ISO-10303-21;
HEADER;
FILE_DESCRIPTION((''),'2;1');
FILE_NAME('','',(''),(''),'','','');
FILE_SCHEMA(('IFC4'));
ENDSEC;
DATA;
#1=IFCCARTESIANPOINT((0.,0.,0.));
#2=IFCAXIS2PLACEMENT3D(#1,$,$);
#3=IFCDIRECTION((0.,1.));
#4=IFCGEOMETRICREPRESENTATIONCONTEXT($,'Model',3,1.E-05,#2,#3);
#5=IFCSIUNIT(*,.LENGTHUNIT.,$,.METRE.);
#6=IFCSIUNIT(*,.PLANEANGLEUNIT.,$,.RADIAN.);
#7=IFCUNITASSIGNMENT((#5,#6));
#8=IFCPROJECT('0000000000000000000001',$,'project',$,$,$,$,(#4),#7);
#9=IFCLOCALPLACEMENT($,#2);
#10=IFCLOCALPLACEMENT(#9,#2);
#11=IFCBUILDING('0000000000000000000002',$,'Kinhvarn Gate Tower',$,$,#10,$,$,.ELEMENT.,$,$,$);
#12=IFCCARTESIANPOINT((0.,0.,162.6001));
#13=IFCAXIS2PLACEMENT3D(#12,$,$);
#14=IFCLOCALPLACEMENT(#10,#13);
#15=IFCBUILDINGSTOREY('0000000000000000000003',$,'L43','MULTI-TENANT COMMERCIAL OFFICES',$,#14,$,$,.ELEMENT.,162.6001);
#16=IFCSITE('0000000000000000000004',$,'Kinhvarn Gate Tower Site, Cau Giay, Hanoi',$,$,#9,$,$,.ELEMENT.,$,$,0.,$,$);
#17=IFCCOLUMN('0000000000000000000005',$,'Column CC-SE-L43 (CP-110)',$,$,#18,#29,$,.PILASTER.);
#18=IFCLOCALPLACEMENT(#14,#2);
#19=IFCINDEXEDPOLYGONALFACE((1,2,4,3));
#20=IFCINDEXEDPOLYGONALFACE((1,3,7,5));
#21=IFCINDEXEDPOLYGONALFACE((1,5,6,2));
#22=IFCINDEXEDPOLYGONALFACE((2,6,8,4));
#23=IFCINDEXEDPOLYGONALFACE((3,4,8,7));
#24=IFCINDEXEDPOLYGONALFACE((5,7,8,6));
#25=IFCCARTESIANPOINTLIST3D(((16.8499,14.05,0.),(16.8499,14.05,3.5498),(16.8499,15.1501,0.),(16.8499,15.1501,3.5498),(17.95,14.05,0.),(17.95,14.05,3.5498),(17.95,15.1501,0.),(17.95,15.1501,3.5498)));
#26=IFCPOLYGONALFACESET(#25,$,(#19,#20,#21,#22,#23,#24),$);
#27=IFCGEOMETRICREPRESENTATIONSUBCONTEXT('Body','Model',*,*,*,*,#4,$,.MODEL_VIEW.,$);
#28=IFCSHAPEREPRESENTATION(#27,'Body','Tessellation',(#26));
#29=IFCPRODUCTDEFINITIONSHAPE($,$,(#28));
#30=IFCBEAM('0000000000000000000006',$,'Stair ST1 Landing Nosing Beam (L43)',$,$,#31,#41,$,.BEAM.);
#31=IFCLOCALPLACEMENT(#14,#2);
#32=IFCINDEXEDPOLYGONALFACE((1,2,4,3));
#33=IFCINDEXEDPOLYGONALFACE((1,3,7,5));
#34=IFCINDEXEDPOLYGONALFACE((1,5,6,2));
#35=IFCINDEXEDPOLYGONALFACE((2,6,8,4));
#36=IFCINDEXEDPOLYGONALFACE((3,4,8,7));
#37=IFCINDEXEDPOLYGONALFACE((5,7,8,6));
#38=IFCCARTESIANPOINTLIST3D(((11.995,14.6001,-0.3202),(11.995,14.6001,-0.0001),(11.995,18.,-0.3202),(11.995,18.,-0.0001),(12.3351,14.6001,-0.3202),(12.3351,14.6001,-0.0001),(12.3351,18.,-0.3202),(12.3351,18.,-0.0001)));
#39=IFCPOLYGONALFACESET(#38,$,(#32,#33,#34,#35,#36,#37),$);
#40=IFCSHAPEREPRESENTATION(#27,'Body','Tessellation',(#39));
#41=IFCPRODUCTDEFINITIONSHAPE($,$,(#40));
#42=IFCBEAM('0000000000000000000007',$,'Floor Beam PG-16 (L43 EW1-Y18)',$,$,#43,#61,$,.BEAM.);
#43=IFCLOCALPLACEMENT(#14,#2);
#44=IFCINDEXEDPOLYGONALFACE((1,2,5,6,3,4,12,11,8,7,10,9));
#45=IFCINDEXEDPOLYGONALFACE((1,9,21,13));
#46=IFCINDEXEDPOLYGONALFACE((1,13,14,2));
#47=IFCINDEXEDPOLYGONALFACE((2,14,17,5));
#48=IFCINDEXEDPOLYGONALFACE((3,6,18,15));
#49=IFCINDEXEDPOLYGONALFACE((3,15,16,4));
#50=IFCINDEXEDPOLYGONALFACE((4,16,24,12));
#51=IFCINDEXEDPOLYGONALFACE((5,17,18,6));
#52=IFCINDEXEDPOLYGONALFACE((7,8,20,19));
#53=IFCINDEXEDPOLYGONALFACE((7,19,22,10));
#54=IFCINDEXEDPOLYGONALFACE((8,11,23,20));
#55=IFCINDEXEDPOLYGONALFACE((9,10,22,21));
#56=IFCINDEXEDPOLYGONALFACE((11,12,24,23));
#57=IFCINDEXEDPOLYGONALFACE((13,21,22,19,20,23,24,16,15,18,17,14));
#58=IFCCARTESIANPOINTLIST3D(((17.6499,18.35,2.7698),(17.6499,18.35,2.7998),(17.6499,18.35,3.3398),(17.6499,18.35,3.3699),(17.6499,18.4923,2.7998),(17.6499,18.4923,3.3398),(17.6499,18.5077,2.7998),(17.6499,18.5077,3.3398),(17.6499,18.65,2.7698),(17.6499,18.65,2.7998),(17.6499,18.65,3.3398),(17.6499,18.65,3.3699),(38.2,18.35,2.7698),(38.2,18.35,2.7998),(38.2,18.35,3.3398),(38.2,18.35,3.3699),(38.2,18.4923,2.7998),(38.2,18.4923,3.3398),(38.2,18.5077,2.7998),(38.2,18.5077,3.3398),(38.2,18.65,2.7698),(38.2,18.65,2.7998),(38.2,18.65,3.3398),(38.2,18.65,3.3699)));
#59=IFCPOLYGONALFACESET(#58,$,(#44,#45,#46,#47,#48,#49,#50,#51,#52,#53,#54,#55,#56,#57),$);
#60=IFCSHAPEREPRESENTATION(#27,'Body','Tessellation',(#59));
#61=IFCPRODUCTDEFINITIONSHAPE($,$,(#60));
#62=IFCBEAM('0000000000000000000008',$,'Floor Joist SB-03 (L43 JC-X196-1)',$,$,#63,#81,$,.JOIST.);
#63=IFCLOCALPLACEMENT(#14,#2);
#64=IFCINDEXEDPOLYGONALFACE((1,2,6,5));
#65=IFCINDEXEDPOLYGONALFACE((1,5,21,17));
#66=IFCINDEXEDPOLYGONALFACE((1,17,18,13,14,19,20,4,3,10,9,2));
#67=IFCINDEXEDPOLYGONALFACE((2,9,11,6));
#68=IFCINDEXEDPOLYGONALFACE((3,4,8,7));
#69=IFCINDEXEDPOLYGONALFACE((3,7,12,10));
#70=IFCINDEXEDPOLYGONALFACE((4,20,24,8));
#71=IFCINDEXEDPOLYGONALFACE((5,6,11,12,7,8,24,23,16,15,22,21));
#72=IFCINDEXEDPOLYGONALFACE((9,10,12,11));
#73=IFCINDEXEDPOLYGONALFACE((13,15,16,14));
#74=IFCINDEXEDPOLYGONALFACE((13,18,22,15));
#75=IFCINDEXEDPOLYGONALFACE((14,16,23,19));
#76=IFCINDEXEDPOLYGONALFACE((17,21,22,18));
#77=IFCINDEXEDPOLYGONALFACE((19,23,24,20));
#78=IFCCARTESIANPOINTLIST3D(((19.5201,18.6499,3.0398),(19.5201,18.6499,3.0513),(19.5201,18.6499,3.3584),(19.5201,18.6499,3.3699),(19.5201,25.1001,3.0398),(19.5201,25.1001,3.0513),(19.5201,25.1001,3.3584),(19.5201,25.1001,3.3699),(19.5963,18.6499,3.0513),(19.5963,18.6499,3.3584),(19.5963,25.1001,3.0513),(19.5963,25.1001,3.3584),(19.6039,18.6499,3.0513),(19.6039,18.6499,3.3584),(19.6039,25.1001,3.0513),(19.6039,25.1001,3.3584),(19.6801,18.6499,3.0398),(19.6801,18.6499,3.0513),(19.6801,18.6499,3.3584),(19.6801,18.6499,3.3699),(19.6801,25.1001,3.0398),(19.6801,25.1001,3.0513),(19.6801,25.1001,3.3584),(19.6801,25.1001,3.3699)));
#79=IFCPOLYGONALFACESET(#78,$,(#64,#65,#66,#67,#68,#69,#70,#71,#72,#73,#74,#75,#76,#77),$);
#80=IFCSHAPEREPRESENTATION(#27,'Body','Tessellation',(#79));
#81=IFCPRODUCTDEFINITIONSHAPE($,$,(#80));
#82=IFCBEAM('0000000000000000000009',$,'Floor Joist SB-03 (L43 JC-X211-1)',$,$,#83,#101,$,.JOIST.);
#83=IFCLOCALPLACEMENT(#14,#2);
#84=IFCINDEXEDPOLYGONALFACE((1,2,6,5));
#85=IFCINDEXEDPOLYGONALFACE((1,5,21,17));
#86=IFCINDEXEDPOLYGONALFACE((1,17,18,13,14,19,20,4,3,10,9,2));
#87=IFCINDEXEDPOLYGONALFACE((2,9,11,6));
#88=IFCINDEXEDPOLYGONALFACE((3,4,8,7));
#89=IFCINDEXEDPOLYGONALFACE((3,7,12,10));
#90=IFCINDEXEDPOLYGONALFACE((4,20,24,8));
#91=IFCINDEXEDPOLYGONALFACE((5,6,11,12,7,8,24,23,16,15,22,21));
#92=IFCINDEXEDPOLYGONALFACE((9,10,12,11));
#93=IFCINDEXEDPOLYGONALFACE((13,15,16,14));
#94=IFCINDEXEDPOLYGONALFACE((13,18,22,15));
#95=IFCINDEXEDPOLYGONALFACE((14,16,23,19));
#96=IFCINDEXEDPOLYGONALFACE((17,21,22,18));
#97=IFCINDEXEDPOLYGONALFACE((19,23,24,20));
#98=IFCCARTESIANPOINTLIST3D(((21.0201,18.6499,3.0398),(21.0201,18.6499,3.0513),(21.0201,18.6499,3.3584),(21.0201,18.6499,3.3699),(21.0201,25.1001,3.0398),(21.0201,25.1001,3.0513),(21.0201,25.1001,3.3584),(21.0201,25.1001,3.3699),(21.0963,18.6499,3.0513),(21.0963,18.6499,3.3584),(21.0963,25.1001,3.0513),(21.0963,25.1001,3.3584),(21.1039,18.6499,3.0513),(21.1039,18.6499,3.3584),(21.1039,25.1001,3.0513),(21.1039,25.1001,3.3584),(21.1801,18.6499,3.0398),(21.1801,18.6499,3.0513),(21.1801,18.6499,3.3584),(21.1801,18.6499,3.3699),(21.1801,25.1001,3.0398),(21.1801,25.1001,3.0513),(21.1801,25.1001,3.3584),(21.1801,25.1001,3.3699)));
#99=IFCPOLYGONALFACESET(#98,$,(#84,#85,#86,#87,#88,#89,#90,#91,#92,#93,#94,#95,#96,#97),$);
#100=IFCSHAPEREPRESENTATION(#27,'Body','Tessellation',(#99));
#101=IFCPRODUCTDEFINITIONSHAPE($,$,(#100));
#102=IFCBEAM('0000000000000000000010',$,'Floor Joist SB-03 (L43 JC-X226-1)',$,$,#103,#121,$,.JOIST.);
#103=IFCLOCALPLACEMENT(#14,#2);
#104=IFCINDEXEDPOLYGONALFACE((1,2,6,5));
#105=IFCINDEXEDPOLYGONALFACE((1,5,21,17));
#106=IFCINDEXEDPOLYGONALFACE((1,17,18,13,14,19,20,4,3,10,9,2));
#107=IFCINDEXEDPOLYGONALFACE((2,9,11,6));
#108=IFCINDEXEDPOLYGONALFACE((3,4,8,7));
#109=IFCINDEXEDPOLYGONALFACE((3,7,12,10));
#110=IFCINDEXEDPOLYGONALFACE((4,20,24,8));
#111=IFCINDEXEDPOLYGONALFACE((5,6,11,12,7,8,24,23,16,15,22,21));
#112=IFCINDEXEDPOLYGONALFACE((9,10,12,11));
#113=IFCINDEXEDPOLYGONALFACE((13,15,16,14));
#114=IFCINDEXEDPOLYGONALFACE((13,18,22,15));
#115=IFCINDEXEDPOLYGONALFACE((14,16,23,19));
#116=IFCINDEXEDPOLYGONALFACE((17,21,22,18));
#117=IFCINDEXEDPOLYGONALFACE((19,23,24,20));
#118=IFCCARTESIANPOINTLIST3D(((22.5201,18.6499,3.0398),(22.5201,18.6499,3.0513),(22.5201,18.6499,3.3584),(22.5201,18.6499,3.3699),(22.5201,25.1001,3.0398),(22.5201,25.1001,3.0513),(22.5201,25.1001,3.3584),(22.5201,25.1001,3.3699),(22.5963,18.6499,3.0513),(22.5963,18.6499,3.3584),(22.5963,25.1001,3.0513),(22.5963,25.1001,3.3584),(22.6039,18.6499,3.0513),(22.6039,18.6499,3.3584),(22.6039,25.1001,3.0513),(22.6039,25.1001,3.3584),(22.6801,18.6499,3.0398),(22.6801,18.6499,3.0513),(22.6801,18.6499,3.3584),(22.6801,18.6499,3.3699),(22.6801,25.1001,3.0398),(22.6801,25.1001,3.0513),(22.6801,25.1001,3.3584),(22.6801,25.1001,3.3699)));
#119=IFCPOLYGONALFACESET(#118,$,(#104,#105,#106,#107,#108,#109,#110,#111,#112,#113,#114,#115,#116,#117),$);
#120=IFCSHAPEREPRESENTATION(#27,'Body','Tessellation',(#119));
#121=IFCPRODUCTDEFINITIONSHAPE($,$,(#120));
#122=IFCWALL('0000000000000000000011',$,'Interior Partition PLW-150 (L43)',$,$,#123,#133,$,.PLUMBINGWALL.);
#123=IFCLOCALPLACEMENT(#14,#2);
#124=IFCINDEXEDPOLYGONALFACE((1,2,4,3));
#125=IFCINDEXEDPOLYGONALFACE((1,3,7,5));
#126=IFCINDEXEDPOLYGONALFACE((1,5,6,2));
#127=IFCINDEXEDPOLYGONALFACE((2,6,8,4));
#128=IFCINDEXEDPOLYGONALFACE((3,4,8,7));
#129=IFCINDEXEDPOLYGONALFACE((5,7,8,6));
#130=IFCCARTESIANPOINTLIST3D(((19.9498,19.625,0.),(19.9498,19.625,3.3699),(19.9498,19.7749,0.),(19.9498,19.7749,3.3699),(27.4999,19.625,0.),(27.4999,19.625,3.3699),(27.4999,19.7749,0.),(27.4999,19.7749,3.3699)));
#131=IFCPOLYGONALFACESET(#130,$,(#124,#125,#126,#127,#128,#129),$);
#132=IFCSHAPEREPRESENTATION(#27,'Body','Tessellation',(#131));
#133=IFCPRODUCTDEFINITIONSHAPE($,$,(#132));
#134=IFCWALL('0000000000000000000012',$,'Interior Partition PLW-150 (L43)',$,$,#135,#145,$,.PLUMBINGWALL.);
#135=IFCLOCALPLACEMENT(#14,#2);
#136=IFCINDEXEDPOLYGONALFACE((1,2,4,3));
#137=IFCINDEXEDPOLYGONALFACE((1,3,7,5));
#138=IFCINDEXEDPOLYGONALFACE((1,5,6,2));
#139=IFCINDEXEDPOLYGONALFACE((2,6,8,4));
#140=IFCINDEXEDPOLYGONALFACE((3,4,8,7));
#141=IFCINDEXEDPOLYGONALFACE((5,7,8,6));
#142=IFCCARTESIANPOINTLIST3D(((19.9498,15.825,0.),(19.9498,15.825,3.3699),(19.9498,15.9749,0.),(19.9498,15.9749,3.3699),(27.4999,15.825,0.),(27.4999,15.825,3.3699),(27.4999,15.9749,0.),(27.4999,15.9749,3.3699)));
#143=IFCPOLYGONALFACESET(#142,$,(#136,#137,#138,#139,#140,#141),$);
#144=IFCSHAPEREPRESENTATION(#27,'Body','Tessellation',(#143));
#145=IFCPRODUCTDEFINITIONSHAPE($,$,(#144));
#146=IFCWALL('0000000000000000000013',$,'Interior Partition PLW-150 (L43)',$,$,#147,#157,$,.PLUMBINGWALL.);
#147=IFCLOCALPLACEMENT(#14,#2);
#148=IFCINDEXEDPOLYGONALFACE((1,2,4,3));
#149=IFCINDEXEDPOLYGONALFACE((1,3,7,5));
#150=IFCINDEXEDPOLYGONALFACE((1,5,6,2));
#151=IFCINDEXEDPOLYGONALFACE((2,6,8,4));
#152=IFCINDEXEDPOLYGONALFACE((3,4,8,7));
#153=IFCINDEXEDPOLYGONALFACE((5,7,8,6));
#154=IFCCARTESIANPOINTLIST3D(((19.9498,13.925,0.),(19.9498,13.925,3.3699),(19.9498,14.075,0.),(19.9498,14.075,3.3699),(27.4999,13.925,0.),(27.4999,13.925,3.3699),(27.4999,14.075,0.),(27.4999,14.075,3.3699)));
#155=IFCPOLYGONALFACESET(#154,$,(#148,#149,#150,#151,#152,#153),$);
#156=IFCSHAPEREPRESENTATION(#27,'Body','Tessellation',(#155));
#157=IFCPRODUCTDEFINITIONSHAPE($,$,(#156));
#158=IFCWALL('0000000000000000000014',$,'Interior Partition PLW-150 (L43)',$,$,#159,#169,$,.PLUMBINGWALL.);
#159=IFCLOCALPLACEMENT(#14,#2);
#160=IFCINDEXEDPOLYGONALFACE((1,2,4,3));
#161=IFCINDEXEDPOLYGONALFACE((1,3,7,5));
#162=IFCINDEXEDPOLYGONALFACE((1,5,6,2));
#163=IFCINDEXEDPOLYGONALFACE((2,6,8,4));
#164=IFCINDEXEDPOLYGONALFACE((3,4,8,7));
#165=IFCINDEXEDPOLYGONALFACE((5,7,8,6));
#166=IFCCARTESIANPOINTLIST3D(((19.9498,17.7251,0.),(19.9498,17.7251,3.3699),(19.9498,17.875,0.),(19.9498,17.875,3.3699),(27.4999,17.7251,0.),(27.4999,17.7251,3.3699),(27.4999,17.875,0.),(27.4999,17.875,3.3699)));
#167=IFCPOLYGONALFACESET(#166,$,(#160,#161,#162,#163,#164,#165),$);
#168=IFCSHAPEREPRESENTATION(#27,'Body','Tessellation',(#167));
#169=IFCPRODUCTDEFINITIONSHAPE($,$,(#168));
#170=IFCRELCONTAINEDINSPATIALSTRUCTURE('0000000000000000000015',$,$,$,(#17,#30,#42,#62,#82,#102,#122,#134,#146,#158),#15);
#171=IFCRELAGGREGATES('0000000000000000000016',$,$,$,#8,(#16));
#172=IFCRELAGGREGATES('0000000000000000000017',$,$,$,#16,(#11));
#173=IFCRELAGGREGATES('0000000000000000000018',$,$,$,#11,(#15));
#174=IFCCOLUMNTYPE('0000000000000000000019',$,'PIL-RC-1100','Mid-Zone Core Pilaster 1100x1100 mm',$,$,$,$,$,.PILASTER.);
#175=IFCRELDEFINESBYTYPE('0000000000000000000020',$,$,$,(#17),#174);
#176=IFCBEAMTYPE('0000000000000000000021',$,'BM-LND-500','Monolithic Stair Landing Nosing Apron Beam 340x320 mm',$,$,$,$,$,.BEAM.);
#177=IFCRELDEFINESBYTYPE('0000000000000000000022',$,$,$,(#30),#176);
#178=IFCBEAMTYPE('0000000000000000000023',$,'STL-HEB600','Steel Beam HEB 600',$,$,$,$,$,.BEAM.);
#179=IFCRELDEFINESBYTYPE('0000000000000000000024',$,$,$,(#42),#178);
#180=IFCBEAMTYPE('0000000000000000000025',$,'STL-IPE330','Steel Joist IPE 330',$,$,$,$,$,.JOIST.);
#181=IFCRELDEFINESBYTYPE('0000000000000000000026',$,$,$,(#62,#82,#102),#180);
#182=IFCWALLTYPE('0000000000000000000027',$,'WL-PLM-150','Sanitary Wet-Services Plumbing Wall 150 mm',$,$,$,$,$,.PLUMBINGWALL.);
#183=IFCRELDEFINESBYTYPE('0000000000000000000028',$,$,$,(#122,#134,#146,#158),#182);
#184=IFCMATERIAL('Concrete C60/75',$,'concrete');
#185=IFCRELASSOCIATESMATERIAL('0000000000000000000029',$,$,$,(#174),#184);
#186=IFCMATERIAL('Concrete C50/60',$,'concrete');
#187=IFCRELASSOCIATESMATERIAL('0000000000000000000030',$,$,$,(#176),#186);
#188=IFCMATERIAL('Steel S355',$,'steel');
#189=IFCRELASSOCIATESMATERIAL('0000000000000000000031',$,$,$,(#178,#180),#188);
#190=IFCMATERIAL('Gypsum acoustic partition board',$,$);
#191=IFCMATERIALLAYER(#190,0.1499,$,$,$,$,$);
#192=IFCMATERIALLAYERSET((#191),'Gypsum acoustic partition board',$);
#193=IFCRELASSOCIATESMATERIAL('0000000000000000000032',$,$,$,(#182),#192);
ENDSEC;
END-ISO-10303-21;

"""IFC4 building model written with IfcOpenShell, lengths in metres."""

from ifc_helpers import new_model, si_unit, direction, frame, frame_2d, origin, origin_2d, place, context, subcontext, project, spatial, rectangle, i_section, extrude, material, layer, layer_set, material_profile, profile_set, type_object, element, save


model = new_model("IFC4")

# Units and contexts
model_context = context("Model", 3, precision=1e-05, world=origin(), true_north=direction((0.0, 1.0)))
body_context = subcontext(model_context, "Body", "Model", "MODEL_VIEW")
ifc_project = project(units=[si_unit("LENGTHUNIT", "METRE"), si_unit("PLANEANGLEUNIT", "RADIAN")], contexts=[model_context])

# Site, building, storey
site_placement = place(None, origin())
site = spatial("IfcSite", under=ifc_project, at=site_placement, Name="Kinhvarn Gate Tower Site, Cau Giay, Hanoi", CompositionType="ELEMENT", RefElevation=0.0)
building_placement = place(site_placement, origin())
building = spatial("IfcBuilding", under=site, at=building_placement, Name="Kinhvarn Gate Tower", CompositionType="ELEMENT")
storey_placement = place(building_placement, frame((0.0, 0.0, 162.6001)))
storey = spatial("IfcBuildingStorey", under=building, at=storey_placement, Name="L43", Description="MULTI-TENANT COMMERCIAL OFFICES", CompositionType="ELEMENT", Elevation=162.6001)

# Column
ifc_material_1 = material(Name="Concrete C60/75", Category="concrete")
ifc_material_profile_1 = material_profile(ifc_material_1, rectangle(XDim=1.1001, YDim=1.1001, at=origin_2d()), Name="RC 1100x1100")
ifc_profile_set_1 = profile_set([ifc_material_profile_1], Name="Concrete C60/75")
column_type = type_object("IfcColumnType", Name="PIL-RC-1100", Description="Mid-Zone Core Pilaster 1100x1100 mm", PredefinedType="PILASTER", material=ifc_profile_set_1)
column_placement = place(storey_placement, frame((17.3999, 14.6001, 0.0), z_axis=(0.0, 0.0, 1.0), x_axis=(1.0, 0.0, 0.0)))
element("IfcColumn", 1, at=column_placement, inside=storey, type_object=column_type, Name="Column CC-SE-L43 (CP-110)", PredefinedType="PILASTER", context=body_context, shape_type="SweptSolid", body=[
    extrude(rectangle(XDim=1.1001, YDim=1.1001, at=origin_2d()), origin(), (0.0, 0.0, 1.0), 3.5498),
])

# Beams
ifc_material_2 = material(Name="Concrete C50/60", Category="concrete")
ifc_material_profile_2 = material_profile(ifc_material_2, rectangle(XDim=0.3401, YDim=0.3201, at=origin_2d()), Name="RC 340x320")
ifc_profile_set_2 = profile_set([ifc_material_profile_2], Name="Concrete C50/60")
beam_type_1 = type_object("IfcBeamType", Name="BM-LND-500", Description="Monolithic Stair Landing Nosing Apron Beam 340x320 mm", PredefinedType="BEAM", material=ifc_profile_set_2)
beam_1_placement = place(storey_placement, frame((12.165, 14.6001, -0.1602), z_axis=(0.0, 1.0, 0.0), x_axis=(-1.0, 0.0, 0.0)))
element("IfcBeam", 2, at=beam_1_placement, inside=storey, type_object=beam_type_1, Name="Stair ST1 Landing Nosing Beam (L43)", PredefinedType="BEAM", context=body_context, shape_type="SweptSolid", body=[
    extrude(rectangle(XDim=0.3401, YDim=0.3201, at=origin_2d()), origin(), (0.0, 0.0, 1.0), 3.3999),
])
ifc_material_3 = material(Name="Steel S355", Category="steel")
ifc_material_profile_3 = material_profile(ifc_material_3, i_section(OverallWidth=0.3, OverallDepth=0.6001, WebThickness=0.0154, FlangeThickness=0.03, at=origin_2d()), Name="HEB 600")
ifc_profile_set_3 = profile_set([ifc_material_profile_3], Name="Steel S355")
beam_type_2 = type_object("IfcBeamType", Name="STL-HEB600", Description="Steel Beam HEB 600", PredefinedType="BEAM", material=ifc_profile_set_3)
beam_2_placement = place(storey_placement, frame((17.6499, 18.5, 3.0698), z_axis=(1.0, 0.0, 0.0), x_axis=(0.0, 1.0, 0.0)))
element("IfcBeam", 3, at=beam_2_placement, inside=storey, type_object=beam_type_2, Name="Floor Beam PG-16 (L43 EW1-Y18)", PredefinedType="BEAM", context=body_context, shape_type="SweptSolid", body=[
    extrude(i_section(OverallWidth=0.3, OverallDepth=0.6001, WebThickness=0.0154, FlangeThickness=0.03, at=origin_2d()), origin(), (0.0, 0.0, 1.0), 20.55),
])
ifc_material_profile_4 = material_profile(ifc_material_3, i_section(OverallWidth=0.1599, OverallDepth=0.3301, WebThickness=0.0076, FlangeThickness=0.0115, at=origin_2d()), Name="IPE 330")
ifc_profile_set_4 = profile_set([ifc_material_profile_4], Name="Steel S355")
beam_type_3 = type_object("IfcBeamType", Name="STL-IPE330", Description="Steel Joist IPE 330", PredefinedType="JOIST", material=ifc_profile_set_4)
for number, where, z_axis, x_axis, name in (
    (4, (19.6001, 18.6499, 3.2048), (0.0, 1.0, 0.0), (-1.0, 0.0, 0.0), "Floor Joist SB-03 (L43 JC-X196-1)"),
    (5, (21.1001, 18.6499, 3.2048), (0.0, 1.0, 0.0), (-1.0, 0.0, 0.0), "Floor Joist SB-03 (L43 JC-X211-1)"),
    (6, (22.6001, 18.6499, 3.2048), (0.0, 1.0, 0.0), (-1.0, 0.0, 0.0), "Floor Joist SB-03 (L43 JC-X226-1)"),
):
    element("IfcBeam", number, at=place(storey_placement, frame(where, z_axis=z_axis, x_axis=x_axis)), inside=storey, type_object=beam_type_3, Name=name, PredefinedType="JOIST", context=body_context, shape_type="SweptSolid", body=[
        extrude(i_section(OverallWidth=0.1599, OverallDepth=0.3301, WebThickness=0.0076, FlangeThickness=0.0115, at=origin_2d()), origin(), (0.0, 0.0, 1.0), 6.4502),
    ])

# Walls
ifc_material_4 = material(Name="Gypsum acoustic partition board")
ifc_layer_1 = layer(ifc_material_4, 0.1499)
ifc_layer_set_1 = layer_set([ifc_layer_1], Name="Gypsum acoustic partition board")
wall_type_1 = type_object("IfcWallType", Name="WL-PLM-150", Description="Sanitary Wet-Services Plumbing Wall 150 mm", PredefinedType="PLUMBINGWALL", material=ifc_layer_set_1)
for number, where, z_axis, x_axis, name in (
    (7, (19.95, 19.7, 0.0), (0.0, 0.0, 1.0), (1.0, 0.0, 0.0), "Interior Partition PLW-150 (L43)"),
    (8, (19.95, 15.8999, 0.0), (0.0, 0.0, 1.0), (1.0, 0.0, 0.0), "Interior Partition PLW-150 (L43)"),
    (9, (19.95, 14.0, 0.0), (0.0, 0.0, 1.0), (1.0, 0.0, 0.0), "Interior Partition PLW-150 (L43)"),
    (10, (19.95, 17.8, 0.0), (0.0, 0.0, 1.0), (1.0, 0.0, 0.0), "Interior Partition PLW-150 (L43)"),
):
    element("IfcWall", number, at=place(storey_placement, frame(where, z_axis=z_axis, x_axis=x_axis)), inside=storey, type_object=wall_type_1, Name=name, PredefinedType="PLUMBINGWALL", context=body_context, shape_type="SweptSolid", body=[
        extrude(rectangle(XDim=7.55, YDim=0.1499, at=frame_2d((3.7749, 0.0))), origin(), (0.0, 0.0, 1.0), 3.3699),
    ])

save(model, "model.ifc")
